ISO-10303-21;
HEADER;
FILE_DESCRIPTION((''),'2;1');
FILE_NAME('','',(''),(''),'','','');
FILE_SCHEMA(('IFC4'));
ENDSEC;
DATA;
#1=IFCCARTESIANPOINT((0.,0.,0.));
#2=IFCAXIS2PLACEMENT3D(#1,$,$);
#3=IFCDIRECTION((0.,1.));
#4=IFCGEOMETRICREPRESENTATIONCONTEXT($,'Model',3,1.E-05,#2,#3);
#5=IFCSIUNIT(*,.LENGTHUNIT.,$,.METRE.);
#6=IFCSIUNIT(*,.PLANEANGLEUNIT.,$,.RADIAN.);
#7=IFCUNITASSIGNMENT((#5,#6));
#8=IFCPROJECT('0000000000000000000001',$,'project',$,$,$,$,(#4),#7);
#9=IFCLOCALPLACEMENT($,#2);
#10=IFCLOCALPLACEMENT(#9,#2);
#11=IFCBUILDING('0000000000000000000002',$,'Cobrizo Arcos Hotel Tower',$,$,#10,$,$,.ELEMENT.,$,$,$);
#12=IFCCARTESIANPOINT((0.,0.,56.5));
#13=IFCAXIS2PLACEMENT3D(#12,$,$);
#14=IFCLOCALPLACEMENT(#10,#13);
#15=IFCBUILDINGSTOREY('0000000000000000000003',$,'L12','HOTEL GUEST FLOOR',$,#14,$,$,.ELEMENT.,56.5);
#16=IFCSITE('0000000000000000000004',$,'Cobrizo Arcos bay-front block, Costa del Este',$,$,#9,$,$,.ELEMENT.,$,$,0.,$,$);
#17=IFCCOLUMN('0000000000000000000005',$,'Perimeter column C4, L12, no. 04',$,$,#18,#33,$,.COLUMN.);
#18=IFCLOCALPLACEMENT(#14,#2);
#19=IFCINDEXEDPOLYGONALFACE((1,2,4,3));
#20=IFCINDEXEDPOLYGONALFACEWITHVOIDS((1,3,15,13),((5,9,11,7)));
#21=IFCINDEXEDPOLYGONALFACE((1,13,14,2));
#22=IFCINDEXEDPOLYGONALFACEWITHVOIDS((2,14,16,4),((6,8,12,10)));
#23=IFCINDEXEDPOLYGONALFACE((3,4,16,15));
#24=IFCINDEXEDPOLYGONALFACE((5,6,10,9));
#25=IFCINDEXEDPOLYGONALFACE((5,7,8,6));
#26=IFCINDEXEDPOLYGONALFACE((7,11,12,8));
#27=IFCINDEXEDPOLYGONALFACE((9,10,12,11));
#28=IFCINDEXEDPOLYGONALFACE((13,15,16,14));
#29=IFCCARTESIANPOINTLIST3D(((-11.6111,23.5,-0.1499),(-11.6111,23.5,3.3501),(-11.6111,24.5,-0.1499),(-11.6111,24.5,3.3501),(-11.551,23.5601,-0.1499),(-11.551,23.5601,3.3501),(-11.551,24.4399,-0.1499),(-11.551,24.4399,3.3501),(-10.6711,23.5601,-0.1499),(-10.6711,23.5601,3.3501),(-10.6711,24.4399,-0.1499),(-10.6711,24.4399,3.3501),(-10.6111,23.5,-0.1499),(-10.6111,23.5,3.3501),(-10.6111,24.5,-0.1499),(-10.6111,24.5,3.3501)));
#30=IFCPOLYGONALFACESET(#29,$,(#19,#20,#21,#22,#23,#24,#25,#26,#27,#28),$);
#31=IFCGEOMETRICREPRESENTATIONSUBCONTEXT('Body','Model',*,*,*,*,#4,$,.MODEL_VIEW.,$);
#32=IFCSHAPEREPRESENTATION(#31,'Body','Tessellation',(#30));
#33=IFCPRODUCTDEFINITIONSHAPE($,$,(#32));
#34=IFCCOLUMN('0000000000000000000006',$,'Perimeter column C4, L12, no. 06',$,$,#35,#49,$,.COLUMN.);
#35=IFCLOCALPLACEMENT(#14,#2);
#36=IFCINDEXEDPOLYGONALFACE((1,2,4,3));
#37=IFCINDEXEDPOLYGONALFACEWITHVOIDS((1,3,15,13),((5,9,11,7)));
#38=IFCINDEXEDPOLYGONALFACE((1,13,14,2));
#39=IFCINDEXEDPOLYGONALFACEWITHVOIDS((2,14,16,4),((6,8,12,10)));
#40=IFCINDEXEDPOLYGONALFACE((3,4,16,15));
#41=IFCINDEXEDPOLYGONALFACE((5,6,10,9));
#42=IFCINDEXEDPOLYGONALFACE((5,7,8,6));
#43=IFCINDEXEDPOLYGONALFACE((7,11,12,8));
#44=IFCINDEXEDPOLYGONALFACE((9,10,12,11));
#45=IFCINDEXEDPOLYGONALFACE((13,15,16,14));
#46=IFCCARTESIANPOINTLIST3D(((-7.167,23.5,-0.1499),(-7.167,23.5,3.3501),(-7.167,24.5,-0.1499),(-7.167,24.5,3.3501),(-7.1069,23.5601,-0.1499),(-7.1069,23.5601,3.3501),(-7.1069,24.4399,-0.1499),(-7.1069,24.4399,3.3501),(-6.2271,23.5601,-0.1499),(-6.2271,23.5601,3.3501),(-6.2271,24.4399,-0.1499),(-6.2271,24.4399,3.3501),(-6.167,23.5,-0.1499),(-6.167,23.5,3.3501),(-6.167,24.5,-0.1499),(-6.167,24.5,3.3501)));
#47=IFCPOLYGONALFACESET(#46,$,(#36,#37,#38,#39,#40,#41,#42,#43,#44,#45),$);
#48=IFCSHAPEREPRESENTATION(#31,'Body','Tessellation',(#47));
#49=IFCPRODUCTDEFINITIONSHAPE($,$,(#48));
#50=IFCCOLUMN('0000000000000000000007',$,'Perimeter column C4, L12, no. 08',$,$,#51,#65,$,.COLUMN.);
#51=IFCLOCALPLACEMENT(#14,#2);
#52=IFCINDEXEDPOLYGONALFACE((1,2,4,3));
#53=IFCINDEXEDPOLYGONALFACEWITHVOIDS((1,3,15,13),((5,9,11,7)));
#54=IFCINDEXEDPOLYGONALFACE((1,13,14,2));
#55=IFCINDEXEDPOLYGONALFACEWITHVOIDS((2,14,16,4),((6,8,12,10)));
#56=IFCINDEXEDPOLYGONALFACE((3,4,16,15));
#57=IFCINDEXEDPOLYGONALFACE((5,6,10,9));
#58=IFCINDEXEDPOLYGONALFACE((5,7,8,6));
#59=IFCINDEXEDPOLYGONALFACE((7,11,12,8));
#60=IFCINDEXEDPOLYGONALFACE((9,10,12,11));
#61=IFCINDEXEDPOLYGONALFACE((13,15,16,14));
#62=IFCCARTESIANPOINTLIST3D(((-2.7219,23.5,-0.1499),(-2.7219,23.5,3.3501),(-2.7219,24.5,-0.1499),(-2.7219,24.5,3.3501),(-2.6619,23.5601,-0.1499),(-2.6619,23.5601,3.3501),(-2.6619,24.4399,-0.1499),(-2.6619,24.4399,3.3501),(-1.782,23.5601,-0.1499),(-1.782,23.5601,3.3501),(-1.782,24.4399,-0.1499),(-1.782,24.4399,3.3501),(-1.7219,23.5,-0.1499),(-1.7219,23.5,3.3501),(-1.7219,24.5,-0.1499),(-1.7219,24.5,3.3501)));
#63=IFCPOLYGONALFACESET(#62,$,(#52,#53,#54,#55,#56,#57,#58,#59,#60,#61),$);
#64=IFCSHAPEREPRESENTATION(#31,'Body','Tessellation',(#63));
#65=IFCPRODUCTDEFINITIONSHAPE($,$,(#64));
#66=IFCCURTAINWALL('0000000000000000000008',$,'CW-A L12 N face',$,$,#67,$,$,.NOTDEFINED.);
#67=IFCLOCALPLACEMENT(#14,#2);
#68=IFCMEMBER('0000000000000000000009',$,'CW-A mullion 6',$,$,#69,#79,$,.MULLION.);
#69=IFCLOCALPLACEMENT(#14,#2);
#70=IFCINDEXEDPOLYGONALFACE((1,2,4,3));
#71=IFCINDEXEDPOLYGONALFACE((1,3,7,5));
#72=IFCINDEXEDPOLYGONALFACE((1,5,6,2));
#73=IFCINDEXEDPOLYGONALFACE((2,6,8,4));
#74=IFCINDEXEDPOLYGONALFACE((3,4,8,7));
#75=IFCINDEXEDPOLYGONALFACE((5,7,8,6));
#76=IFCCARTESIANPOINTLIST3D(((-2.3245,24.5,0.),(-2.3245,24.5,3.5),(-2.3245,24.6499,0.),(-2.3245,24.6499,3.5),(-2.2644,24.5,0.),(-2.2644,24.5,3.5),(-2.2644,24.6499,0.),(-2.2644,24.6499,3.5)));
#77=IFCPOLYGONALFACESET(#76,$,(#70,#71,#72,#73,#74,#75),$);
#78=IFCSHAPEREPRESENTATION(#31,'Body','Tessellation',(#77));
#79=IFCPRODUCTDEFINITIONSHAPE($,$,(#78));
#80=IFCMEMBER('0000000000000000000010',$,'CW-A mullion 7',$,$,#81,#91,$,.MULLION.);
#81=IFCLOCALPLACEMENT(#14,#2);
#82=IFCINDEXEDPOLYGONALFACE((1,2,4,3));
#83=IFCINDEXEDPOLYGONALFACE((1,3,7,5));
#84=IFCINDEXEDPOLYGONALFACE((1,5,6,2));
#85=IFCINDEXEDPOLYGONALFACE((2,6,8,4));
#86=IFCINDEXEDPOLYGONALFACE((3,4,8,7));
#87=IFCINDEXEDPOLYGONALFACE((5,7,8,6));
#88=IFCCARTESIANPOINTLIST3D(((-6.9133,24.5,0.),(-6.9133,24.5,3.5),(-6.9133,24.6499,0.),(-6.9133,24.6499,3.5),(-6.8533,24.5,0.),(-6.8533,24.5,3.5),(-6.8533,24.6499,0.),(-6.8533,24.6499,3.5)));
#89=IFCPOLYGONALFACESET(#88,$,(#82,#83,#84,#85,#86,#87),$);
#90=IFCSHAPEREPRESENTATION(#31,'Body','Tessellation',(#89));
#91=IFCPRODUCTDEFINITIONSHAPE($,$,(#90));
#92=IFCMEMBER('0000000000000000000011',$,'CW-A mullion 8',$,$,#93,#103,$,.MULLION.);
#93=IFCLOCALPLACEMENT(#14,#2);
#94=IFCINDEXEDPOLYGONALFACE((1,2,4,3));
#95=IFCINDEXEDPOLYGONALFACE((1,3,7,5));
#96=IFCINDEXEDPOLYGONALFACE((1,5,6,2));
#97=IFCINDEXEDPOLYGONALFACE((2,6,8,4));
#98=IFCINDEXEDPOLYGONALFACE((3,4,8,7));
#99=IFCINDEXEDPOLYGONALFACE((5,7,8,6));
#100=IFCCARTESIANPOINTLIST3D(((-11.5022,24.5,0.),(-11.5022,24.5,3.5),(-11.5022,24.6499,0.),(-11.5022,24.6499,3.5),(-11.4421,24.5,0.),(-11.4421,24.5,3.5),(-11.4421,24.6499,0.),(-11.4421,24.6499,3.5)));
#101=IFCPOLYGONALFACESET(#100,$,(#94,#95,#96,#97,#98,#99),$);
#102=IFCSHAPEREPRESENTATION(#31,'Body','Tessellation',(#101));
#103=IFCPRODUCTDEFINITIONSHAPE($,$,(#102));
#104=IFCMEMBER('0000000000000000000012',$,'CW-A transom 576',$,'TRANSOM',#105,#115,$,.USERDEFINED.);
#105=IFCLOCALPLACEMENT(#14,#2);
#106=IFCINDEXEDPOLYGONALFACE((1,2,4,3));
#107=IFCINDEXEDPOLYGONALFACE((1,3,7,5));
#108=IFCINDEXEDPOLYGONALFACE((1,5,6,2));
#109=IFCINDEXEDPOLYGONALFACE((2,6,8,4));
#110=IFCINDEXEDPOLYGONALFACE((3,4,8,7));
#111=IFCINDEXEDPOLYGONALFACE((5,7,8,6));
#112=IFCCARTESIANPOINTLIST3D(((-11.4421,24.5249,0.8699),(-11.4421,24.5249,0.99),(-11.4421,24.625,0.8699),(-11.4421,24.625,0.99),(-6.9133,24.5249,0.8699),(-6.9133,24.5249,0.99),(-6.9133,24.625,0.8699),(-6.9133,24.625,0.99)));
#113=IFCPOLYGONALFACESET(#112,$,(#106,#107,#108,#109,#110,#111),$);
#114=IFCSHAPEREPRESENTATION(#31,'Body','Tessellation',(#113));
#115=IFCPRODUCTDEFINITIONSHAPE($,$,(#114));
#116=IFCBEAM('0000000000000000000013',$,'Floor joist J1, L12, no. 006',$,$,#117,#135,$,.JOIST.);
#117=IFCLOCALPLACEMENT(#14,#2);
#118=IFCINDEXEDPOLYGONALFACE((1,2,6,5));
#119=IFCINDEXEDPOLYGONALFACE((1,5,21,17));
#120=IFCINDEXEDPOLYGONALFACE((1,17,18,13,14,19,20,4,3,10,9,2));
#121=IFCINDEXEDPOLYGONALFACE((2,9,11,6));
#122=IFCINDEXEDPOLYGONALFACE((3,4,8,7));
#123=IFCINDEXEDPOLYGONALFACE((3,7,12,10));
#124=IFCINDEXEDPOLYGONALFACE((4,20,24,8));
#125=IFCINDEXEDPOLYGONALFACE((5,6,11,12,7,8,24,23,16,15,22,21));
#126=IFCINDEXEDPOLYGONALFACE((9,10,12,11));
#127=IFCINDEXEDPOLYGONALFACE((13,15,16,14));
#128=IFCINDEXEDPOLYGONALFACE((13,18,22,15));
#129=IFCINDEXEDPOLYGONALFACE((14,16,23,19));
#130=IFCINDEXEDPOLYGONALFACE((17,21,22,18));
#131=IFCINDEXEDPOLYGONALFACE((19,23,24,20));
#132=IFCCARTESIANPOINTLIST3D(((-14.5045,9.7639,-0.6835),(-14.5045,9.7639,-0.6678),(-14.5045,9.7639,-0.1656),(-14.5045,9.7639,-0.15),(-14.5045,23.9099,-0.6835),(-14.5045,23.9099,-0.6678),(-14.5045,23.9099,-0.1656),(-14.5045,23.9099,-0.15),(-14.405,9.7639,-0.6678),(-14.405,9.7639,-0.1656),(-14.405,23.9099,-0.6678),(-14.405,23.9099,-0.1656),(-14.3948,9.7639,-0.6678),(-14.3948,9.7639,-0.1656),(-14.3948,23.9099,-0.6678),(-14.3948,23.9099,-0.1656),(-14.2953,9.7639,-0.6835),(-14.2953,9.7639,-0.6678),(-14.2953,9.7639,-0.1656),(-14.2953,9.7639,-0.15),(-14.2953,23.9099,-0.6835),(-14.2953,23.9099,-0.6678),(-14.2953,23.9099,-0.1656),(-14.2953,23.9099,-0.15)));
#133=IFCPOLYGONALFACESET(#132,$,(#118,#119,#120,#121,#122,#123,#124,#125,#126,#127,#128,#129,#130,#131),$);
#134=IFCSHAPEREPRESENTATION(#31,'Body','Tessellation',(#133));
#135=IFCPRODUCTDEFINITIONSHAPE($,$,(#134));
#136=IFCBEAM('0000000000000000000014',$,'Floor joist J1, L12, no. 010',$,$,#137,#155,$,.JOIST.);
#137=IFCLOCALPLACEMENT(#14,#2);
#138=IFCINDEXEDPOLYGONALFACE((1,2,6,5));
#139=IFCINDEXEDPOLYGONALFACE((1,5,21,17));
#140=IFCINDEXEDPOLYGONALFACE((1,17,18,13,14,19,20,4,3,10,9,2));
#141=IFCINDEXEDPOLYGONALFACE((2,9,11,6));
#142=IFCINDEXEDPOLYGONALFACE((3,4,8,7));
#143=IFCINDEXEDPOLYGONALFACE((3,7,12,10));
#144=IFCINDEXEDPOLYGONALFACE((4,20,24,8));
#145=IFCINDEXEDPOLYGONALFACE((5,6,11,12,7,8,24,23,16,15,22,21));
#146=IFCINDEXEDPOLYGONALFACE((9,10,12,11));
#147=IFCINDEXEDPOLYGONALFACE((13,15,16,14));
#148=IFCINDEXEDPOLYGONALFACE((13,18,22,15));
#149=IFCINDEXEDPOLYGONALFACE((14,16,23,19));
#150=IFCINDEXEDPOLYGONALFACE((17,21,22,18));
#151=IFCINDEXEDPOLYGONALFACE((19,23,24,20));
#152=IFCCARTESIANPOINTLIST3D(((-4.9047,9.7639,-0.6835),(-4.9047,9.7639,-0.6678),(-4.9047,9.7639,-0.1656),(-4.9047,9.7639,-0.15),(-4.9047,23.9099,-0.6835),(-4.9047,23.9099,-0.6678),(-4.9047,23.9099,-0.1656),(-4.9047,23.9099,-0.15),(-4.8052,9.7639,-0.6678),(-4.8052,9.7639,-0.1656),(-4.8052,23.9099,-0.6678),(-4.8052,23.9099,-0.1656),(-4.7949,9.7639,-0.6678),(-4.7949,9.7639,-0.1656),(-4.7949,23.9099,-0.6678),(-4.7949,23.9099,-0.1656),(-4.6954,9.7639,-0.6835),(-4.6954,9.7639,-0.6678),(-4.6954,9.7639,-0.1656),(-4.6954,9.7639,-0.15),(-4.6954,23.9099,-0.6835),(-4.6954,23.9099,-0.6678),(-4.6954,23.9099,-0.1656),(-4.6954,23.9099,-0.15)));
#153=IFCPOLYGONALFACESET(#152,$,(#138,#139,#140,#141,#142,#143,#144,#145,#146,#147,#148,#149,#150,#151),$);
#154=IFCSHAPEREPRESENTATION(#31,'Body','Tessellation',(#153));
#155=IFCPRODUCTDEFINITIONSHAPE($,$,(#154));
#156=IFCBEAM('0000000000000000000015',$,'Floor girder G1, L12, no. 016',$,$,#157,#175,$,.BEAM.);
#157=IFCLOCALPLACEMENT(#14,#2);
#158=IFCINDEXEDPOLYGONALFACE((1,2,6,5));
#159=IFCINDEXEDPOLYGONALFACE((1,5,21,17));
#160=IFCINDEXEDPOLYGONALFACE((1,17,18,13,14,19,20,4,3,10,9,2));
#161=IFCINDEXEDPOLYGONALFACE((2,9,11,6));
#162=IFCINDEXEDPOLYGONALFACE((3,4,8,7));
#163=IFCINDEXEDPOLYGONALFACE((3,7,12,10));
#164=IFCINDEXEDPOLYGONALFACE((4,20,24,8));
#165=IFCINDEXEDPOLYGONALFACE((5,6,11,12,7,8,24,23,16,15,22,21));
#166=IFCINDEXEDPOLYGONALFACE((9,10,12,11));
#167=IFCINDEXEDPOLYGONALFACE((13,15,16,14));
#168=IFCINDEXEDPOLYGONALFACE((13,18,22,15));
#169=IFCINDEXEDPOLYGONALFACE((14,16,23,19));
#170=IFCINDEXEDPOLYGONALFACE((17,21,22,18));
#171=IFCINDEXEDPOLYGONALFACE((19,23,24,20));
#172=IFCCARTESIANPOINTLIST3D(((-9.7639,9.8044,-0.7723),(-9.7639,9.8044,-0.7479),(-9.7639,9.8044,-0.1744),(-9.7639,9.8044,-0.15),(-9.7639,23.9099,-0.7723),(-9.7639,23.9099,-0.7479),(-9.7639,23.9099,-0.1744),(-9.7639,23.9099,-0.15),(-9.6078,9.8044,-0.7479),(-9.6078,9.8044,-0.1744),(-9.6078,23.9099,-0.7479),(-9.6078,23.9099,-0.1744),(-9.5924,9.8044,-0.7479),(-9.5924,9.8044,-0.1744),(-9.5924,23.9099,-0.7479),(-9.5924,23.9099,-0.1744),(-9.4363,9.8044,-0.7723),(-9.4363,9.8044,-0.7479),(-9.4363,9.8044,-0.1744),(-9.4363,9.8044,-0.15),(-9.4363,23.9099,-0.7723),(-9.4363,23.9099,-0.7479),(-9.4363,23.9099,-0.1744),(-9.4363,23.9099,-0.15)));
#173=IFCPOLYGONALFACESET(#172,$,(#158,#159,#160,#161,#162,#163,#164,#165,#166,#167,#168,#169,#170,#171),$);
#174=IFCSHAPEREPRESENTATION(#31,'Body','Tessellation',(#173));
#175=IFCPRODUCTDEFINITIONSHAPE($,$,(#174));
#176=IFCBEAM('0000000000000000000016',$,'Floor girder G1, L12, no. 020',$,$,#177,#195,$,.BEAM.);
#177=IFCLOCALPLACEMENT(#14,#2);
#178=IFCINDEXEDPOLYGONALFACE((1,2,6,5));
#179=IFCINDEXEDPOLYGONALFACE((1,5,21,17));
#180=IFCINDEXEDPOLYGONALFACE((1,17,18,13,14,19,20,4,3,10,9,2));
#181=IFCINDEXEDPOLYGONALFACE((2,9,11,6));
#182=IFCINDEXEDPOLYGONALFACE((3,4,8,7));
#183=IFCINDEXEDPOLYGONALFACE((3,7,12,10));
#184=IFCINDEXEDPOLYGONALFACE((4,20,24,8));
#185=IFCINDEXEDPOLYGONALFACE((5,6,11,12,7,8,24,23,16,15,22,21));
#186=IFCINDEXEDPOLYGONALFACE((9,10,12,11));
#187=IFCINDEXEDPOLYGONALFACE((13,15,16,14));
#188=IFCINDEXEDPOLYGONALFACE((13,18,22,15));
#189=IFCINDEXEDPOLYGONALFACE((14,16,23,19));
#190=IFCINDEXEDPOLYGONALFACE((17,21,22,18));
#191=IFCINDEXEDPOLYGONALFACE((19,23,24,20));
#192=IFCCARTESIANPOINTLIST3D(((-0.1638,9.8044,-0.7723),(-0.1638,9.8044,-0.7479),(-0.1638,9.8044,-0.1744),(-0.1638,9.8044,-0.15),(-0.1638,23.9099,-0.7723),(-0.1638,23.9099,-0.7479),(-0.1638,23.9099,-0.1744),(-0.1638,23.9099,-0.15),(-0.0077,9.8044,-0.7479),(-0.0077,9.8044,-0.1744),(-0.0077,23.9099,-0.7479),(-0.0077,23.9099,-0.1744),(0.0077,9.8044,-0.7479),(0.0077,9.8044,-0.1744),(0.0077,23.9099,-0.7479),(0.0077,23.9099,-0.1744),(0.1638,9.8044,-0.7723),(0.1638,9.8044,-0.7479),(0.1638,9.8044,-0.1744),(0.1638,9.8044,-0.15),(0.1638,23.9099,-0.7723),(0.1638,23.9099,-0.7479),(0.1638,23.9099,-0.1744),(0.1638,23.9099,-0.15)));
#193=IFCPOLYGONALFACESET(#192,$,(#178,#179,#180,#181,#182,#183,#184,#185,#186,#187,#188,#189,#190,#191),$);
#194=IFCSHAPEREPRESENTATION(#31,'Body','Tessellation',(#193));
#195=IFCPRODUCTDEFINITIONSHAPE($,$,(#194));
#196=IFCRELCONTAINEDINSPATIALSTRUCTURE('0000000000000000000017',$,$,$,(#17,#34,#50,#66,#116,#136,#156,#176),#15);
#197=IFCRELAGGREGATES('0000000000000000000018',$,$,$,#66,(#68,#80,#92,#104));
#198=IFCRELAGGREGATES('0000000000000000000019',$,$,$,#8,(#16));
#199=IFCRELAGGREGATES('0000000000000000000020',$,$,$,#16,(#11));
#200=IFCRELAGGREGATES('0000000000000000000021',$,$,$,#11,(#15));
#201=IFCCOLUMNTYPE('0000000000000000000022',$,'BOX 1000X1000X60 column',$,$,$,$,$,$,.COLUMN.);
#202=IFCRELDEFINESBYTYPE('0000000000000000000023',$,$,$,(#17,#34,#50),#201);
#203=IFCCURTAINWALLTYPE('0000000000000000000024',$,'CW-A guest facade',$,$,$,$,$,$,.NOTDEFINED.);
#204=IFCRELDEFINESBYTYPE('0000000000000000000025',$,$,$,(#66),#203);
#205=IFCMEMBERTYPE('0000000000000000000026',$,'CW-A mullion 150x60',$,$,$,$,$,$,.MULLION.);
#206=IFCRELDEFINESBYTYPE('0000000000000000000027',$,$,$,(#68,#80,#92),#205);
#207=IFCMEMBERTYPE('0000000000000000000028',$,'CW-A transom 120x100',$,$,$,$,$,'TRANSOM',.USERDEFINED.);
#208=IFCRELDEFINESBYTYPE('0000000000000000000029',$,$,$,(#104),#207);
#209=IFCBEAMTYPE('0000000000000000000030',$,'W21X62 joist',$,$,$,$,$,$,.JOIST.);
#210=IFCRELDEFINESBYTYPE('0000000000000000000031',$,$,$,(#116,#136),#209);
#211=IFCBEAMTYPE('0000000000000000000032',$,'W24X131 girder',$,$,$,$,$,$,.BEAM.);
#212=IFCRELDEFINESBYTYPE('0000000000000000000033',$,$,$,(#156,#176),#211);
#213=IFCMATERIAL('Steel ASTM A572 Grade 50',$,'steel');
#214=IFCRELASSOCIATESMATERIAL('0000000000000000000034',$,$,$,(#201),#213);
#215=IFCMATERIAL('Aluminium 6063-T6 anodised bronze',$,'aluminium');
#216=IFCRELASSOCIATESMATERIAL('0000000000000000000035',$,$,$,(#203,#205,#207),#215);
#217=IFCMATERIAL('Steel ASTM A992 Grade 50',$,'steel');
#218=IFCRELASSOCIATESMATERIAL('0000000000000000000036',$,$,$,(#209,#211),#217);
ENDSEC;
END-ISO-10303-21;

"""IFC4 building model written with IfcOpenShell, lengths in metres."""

from ifc_helpers import new_model, si_unit, direction, frame, origin, origin_2d, place, context, subcontext, project, spatial, rectangle, hollow_rectangle, i_section, extrude, material, material_profile, profile_set, type_object, element, aggregate, save


model = new_model("IFC4")

# Units and contexts
model_context = context("Model", 3, precision=1e-05, world=origin(), true_north=direction((0.0, 1.0)))
body_context = subcontext(model_context, "Body", "Model", "MODEL_VIEW")
ifc_project = project(units=[si_unit("LENGTHUNIT", "METRE"), si_unit("PLANEANGLEUNIT", "RADIAN")], contexts=[model_context])

# Site, building, storey
site_placement = place(None, origin())
site = spatial("IfcSite", under=ifc_project, at=site_placement, Name="Cobrizo Arcos bay-front block, Costa del Este", CompositionType="ELEMENT", RefElevation=0.0)
building_placement = place(site_placement, origin())
building = spatial("IfcBuilding", under=site, at=building_placement, Name="Cobrizo Arcos Hotel Tower", CompositionType="ELEMENT")
storey_placement = place(building_placement, frame((0.0, 0.0, 56.5)))
storey = spatial("IfcBuildingStorey", under=building, at=storey_placement, Name="L12", Description="HOTEL GUEST FLOOR", CompositionType="ELEMENT", Elevation=56.5)

# Columns
ifc_material_1 = material(Name="Steel ASTM A572 Grade 50", Category="steel")
ifc_material_profile_1 = material_profile(ifc_material_1, hollow_rectangle(XDim=1.0, YDim=1.0, WallThickness=0.0601, at=origin_2d()), Name="BOX 1000X1000X60")
ifc_profile_set_1 = profile_set([ifc_material_profile_1], Name="Steel ASTM A572 Grade 50")
column_type = type_object("IfcColumnType", Name="BOX 1000X1000X60 column", PredefinedType="COLUMN", material=ifc_profile_set_1)
for number, where, z_axis, x_axis, name in (
    (1, (-11.1111, 24.0, -0.1499), (0.0, 0.0, 1.0), (1.0, 0.0, 0.0), "Perimeter column C4, L12, no. 04"),
    (2, (-6.667, 24.0, -0.1499), (0.0, 0.0, 1.0), (1.0, 0.0, 0.0), "Perimeter column C4, L12, no. 06"),
    (3, (-2.2219, 24.0, -0.1499), (0.0, 0.0, 1.0), (1.0, 0.0, 0.0), "Perimeter column C4, L12, no. 08"),
):
    element("IfcColumn", number, at=place(storey_placement, frame(where, z_axis=z_axis, x_axis=x_axis)), inside=storey, type_object=column_type, Name=name, PredefinedType="COLUMN", context=body_context, shape_type="SweptSolid", body=[
        extrude(hollow_rectangle(XDim=1.0, YDim=1.0, WallThickness=0.0601, at=origin_2d()), origin(), (0.0, 0.0, 1.0), 3.5),
    ])

# Curtain wall, members
ifc_material_2 = material(Name="Aluminium 6063-T6 anodised bronze", Category="aluminium")
curtain_wall_type = type_object("IfcCurtainWallType", Name="CW-A guest facade", PredefinedType="NOTDEFINED", material=ifc_material_2)
curtain_wall_placement = place(storey_placement, origin())
curtain_wall = element("IfcCurtainWall", 4, at=curtain_wall_placement, inside=storey, type_object=curtain_wall_type, Name="CW-A L12 N face", PredefinedType="NOTDEFINED")
ifc_material_profile_2 = material_profile(ifc_material_2, rectangle(XDim=0.1499, YDim=0.0601, at=origin_2d()), Name="CW-A mullion 150x60")
ifc_profile_set_2 = profile_set([ifc_material_profile_2], Name="Aluminium 6063-T6 anodised bronze")
member_type_1 = type_object("IfcMemberType", Name="CW-A mullion 150x60", PredefinedType="MULLION", material=ifc_profile_set_2)
member_1_placement = place(storey_placement, frame((-2.2944, 24.575, 0.0), z_axis=(0.0, 0.0, 1.0), x_axis=(0.0, 1.0, 0.0)))
member_1 = element("IfcMember", 5, at=member_1_placement, type_object=member_type_1, Name="CW-A mullion 6", PredefinedType="MULLION", context=body_context, shape_type="SweptSolid", body=[
    extrude(rectangle(XDim=0.1499, YDim=0.0601, at=origin_2d()), origin(), (0.0, 0.0, 1.0), 3.5),
])
member_2_placement = place(storey_placement, frame((-6.8833, 24.575, 0.0), z_axis=(0.0, 0.0, 1.0), x_axis=(0.0, 1.0, 0.0)))
member_2 = element("IfcMember", 6, at=member_2_placement, type_object=member_type_1, Name="CW-A mullion 7", PredefinedType="MULLION", context=body_context, shape_type="SweptSolid", body=[
    extrude(rectangle(XDim=0.1499, YDim=0.0601, at=origin_2d()), origin(), (0.0, 0.0, 1.0), 3.5),
])
member_3_placement = place(storey_placement, frame((-11.4722, 24.575, 0.0), z_axis=(0.0, 0.0, 1.0), x_axis=(0.0, 1.0, 0.0)))
member_3 = element("IfcMember", 7, at=member_3_placement, type_object=member_type_1, Name="CW-A mullion 8", PredefinedType="MULLION", context=body_context, shape_type="SweptSolid", body=[
    extrude(rectangle(XDim=0.1499, YDim=0.0601, at=origin_2d()), origin(), (0.0, 0.0, 1.0), 3.5),
])
ifc_material_profile_3 = material_profile(ifc_material_2, rectangle(XDim=0.1001, YDim=0.1201, at=origin_2d()), Name="CW-A transom 120x100")
ifc_profile_set_3 = profile_set([ifc_material_profile_3], Name="Aluminium 6063-T6 anodised bronze")
member_type_2 = type_object("IfcMemberType", Name="CW-A transom 120x100", ElementType="TRANSOM", PredefinedType="USERDEFINED", material=ifc_profile_set_3)
member_4_placement = place(storey_placement, frame((-6.9133, 24.575, 0.9299), z_axis=(-1.0, 0.0, 0.0), x_axis=(0.0, -1.0, 0.0)))
member_4 = element("IfcMember", 8, at=member_4_placement, type_object=member_type_2, Name="CW-A transom 576", ObjectType="TRANSOM", PredefinedType="USERDEFINED", context=body_context, shape_type="SweptSolid", body=[
    extrude(rectangle(XDim=0.1001, YDim=0.1201, at=origin_2d()), origin(), (0.0, 0.0, 1.0), 4.5288),
])

# Beams
ifc_material_3 = material(Name="Steel ASTM A992 Grade 50", Category="steel")
ifc_material_profile_4 = material_profile(ifc_material_3, i_section(OverallWidth=0.2092, OverallDepth=0.5334, WebThickness=0.0103, FlangeThickness=0.0156, at=origin_2d()), Name="W21X62")
ifc_profile_set_4 = profile_set([ifc_material_profile_4], Name="Steel ASTM A992 Grade 50")
beam_type_1 = type_object("IfcBeamType", Name="W21X62 joist", PredefinedType="JOIST", material=ifc_profile_set_4)
for number, where, z_axis, x_axis, name in (
    (9, (-14.3999, 9.7639, -0.4167), (0.0, 1.0, 0.0), (-1.0, 0.0, 0.0), "Floor joist J1, L12, no. 006"),
    (10, (-4.8, 9.7639, -0.4167), (0.0, 1.0, 0.0), (-1.0, 0.0, 0.0), "Floor joist J1, L12, no. 010"),
):
    element("IfcBeam", number, at=place(storey_placement, frame(where, z_axis=z_axis, x_axis=x_axis)), inside=storey, type_object=beam_type_1, Name=name, PredefinedType="JOIST", context=body_context, shape_type="SweptSolid", body=[
        extrude(i_section(OverallWidth=0.2092, OverallDepth=0.5334, WebThickness=0.0103, FlangeThickness=0.0156, at=origin_2d()), origin(), (0.0, 0.0, 1.0), 14.146),
    ])
ifc_material_profile_5 = material_profile(ifc_material_3, i_section(OverallWidth=0.3276, OverallDepth=0.6223, WebThickness=0.0154, FlangeThickness=0.0244, at=origin_2d()), Name="W24X131")
ifc_profile_set_5 = profile_set([ifc_material_profile_5], Name="Steel ASTM A992 Grade 50")
beam_type_2 = type_object("IfcBeamType", Name="W24X131 girder", PredefinedType="BEAM", material=ifc_profile_set_5)
for number, where, z_axis, x_axis, name in (
    (11, (-9.6001, 9.8044, -0.4612), (0.0, 1.0, 0.0), (-1.0, 0.0, 0.0), "Floor girder G1, L12, no. 016"),
    (12, (0.0, 9.8044, -0.4612), (0.0, 1.0, 0.0), (-1.0, 0.0, 0.0), "Floor girder G1, L12, no. 020"),
):
    element("IfcBeam", number, at=place(storey_placement, frame(where, z_axis=z_axis, x_axis=x_axis)), inside=storey, type_object=beam_type_2, Name=name, PredefinedType="BEAM", context=body_context, shape_type="SweptSolid", body=[
        extrude(i_section(OverallWidth=0.3276, OverallDepth=0.6223, WebThickness=0.0154, FlangeThickness=0.0244, at=origin_2d()), origin(), (0.0, 0.0, 1.0), 14.1055),
    ])

aggregate(curtain_wall, [member_1, member_2, member_3, member_4])

save(model, "model.ifc")
